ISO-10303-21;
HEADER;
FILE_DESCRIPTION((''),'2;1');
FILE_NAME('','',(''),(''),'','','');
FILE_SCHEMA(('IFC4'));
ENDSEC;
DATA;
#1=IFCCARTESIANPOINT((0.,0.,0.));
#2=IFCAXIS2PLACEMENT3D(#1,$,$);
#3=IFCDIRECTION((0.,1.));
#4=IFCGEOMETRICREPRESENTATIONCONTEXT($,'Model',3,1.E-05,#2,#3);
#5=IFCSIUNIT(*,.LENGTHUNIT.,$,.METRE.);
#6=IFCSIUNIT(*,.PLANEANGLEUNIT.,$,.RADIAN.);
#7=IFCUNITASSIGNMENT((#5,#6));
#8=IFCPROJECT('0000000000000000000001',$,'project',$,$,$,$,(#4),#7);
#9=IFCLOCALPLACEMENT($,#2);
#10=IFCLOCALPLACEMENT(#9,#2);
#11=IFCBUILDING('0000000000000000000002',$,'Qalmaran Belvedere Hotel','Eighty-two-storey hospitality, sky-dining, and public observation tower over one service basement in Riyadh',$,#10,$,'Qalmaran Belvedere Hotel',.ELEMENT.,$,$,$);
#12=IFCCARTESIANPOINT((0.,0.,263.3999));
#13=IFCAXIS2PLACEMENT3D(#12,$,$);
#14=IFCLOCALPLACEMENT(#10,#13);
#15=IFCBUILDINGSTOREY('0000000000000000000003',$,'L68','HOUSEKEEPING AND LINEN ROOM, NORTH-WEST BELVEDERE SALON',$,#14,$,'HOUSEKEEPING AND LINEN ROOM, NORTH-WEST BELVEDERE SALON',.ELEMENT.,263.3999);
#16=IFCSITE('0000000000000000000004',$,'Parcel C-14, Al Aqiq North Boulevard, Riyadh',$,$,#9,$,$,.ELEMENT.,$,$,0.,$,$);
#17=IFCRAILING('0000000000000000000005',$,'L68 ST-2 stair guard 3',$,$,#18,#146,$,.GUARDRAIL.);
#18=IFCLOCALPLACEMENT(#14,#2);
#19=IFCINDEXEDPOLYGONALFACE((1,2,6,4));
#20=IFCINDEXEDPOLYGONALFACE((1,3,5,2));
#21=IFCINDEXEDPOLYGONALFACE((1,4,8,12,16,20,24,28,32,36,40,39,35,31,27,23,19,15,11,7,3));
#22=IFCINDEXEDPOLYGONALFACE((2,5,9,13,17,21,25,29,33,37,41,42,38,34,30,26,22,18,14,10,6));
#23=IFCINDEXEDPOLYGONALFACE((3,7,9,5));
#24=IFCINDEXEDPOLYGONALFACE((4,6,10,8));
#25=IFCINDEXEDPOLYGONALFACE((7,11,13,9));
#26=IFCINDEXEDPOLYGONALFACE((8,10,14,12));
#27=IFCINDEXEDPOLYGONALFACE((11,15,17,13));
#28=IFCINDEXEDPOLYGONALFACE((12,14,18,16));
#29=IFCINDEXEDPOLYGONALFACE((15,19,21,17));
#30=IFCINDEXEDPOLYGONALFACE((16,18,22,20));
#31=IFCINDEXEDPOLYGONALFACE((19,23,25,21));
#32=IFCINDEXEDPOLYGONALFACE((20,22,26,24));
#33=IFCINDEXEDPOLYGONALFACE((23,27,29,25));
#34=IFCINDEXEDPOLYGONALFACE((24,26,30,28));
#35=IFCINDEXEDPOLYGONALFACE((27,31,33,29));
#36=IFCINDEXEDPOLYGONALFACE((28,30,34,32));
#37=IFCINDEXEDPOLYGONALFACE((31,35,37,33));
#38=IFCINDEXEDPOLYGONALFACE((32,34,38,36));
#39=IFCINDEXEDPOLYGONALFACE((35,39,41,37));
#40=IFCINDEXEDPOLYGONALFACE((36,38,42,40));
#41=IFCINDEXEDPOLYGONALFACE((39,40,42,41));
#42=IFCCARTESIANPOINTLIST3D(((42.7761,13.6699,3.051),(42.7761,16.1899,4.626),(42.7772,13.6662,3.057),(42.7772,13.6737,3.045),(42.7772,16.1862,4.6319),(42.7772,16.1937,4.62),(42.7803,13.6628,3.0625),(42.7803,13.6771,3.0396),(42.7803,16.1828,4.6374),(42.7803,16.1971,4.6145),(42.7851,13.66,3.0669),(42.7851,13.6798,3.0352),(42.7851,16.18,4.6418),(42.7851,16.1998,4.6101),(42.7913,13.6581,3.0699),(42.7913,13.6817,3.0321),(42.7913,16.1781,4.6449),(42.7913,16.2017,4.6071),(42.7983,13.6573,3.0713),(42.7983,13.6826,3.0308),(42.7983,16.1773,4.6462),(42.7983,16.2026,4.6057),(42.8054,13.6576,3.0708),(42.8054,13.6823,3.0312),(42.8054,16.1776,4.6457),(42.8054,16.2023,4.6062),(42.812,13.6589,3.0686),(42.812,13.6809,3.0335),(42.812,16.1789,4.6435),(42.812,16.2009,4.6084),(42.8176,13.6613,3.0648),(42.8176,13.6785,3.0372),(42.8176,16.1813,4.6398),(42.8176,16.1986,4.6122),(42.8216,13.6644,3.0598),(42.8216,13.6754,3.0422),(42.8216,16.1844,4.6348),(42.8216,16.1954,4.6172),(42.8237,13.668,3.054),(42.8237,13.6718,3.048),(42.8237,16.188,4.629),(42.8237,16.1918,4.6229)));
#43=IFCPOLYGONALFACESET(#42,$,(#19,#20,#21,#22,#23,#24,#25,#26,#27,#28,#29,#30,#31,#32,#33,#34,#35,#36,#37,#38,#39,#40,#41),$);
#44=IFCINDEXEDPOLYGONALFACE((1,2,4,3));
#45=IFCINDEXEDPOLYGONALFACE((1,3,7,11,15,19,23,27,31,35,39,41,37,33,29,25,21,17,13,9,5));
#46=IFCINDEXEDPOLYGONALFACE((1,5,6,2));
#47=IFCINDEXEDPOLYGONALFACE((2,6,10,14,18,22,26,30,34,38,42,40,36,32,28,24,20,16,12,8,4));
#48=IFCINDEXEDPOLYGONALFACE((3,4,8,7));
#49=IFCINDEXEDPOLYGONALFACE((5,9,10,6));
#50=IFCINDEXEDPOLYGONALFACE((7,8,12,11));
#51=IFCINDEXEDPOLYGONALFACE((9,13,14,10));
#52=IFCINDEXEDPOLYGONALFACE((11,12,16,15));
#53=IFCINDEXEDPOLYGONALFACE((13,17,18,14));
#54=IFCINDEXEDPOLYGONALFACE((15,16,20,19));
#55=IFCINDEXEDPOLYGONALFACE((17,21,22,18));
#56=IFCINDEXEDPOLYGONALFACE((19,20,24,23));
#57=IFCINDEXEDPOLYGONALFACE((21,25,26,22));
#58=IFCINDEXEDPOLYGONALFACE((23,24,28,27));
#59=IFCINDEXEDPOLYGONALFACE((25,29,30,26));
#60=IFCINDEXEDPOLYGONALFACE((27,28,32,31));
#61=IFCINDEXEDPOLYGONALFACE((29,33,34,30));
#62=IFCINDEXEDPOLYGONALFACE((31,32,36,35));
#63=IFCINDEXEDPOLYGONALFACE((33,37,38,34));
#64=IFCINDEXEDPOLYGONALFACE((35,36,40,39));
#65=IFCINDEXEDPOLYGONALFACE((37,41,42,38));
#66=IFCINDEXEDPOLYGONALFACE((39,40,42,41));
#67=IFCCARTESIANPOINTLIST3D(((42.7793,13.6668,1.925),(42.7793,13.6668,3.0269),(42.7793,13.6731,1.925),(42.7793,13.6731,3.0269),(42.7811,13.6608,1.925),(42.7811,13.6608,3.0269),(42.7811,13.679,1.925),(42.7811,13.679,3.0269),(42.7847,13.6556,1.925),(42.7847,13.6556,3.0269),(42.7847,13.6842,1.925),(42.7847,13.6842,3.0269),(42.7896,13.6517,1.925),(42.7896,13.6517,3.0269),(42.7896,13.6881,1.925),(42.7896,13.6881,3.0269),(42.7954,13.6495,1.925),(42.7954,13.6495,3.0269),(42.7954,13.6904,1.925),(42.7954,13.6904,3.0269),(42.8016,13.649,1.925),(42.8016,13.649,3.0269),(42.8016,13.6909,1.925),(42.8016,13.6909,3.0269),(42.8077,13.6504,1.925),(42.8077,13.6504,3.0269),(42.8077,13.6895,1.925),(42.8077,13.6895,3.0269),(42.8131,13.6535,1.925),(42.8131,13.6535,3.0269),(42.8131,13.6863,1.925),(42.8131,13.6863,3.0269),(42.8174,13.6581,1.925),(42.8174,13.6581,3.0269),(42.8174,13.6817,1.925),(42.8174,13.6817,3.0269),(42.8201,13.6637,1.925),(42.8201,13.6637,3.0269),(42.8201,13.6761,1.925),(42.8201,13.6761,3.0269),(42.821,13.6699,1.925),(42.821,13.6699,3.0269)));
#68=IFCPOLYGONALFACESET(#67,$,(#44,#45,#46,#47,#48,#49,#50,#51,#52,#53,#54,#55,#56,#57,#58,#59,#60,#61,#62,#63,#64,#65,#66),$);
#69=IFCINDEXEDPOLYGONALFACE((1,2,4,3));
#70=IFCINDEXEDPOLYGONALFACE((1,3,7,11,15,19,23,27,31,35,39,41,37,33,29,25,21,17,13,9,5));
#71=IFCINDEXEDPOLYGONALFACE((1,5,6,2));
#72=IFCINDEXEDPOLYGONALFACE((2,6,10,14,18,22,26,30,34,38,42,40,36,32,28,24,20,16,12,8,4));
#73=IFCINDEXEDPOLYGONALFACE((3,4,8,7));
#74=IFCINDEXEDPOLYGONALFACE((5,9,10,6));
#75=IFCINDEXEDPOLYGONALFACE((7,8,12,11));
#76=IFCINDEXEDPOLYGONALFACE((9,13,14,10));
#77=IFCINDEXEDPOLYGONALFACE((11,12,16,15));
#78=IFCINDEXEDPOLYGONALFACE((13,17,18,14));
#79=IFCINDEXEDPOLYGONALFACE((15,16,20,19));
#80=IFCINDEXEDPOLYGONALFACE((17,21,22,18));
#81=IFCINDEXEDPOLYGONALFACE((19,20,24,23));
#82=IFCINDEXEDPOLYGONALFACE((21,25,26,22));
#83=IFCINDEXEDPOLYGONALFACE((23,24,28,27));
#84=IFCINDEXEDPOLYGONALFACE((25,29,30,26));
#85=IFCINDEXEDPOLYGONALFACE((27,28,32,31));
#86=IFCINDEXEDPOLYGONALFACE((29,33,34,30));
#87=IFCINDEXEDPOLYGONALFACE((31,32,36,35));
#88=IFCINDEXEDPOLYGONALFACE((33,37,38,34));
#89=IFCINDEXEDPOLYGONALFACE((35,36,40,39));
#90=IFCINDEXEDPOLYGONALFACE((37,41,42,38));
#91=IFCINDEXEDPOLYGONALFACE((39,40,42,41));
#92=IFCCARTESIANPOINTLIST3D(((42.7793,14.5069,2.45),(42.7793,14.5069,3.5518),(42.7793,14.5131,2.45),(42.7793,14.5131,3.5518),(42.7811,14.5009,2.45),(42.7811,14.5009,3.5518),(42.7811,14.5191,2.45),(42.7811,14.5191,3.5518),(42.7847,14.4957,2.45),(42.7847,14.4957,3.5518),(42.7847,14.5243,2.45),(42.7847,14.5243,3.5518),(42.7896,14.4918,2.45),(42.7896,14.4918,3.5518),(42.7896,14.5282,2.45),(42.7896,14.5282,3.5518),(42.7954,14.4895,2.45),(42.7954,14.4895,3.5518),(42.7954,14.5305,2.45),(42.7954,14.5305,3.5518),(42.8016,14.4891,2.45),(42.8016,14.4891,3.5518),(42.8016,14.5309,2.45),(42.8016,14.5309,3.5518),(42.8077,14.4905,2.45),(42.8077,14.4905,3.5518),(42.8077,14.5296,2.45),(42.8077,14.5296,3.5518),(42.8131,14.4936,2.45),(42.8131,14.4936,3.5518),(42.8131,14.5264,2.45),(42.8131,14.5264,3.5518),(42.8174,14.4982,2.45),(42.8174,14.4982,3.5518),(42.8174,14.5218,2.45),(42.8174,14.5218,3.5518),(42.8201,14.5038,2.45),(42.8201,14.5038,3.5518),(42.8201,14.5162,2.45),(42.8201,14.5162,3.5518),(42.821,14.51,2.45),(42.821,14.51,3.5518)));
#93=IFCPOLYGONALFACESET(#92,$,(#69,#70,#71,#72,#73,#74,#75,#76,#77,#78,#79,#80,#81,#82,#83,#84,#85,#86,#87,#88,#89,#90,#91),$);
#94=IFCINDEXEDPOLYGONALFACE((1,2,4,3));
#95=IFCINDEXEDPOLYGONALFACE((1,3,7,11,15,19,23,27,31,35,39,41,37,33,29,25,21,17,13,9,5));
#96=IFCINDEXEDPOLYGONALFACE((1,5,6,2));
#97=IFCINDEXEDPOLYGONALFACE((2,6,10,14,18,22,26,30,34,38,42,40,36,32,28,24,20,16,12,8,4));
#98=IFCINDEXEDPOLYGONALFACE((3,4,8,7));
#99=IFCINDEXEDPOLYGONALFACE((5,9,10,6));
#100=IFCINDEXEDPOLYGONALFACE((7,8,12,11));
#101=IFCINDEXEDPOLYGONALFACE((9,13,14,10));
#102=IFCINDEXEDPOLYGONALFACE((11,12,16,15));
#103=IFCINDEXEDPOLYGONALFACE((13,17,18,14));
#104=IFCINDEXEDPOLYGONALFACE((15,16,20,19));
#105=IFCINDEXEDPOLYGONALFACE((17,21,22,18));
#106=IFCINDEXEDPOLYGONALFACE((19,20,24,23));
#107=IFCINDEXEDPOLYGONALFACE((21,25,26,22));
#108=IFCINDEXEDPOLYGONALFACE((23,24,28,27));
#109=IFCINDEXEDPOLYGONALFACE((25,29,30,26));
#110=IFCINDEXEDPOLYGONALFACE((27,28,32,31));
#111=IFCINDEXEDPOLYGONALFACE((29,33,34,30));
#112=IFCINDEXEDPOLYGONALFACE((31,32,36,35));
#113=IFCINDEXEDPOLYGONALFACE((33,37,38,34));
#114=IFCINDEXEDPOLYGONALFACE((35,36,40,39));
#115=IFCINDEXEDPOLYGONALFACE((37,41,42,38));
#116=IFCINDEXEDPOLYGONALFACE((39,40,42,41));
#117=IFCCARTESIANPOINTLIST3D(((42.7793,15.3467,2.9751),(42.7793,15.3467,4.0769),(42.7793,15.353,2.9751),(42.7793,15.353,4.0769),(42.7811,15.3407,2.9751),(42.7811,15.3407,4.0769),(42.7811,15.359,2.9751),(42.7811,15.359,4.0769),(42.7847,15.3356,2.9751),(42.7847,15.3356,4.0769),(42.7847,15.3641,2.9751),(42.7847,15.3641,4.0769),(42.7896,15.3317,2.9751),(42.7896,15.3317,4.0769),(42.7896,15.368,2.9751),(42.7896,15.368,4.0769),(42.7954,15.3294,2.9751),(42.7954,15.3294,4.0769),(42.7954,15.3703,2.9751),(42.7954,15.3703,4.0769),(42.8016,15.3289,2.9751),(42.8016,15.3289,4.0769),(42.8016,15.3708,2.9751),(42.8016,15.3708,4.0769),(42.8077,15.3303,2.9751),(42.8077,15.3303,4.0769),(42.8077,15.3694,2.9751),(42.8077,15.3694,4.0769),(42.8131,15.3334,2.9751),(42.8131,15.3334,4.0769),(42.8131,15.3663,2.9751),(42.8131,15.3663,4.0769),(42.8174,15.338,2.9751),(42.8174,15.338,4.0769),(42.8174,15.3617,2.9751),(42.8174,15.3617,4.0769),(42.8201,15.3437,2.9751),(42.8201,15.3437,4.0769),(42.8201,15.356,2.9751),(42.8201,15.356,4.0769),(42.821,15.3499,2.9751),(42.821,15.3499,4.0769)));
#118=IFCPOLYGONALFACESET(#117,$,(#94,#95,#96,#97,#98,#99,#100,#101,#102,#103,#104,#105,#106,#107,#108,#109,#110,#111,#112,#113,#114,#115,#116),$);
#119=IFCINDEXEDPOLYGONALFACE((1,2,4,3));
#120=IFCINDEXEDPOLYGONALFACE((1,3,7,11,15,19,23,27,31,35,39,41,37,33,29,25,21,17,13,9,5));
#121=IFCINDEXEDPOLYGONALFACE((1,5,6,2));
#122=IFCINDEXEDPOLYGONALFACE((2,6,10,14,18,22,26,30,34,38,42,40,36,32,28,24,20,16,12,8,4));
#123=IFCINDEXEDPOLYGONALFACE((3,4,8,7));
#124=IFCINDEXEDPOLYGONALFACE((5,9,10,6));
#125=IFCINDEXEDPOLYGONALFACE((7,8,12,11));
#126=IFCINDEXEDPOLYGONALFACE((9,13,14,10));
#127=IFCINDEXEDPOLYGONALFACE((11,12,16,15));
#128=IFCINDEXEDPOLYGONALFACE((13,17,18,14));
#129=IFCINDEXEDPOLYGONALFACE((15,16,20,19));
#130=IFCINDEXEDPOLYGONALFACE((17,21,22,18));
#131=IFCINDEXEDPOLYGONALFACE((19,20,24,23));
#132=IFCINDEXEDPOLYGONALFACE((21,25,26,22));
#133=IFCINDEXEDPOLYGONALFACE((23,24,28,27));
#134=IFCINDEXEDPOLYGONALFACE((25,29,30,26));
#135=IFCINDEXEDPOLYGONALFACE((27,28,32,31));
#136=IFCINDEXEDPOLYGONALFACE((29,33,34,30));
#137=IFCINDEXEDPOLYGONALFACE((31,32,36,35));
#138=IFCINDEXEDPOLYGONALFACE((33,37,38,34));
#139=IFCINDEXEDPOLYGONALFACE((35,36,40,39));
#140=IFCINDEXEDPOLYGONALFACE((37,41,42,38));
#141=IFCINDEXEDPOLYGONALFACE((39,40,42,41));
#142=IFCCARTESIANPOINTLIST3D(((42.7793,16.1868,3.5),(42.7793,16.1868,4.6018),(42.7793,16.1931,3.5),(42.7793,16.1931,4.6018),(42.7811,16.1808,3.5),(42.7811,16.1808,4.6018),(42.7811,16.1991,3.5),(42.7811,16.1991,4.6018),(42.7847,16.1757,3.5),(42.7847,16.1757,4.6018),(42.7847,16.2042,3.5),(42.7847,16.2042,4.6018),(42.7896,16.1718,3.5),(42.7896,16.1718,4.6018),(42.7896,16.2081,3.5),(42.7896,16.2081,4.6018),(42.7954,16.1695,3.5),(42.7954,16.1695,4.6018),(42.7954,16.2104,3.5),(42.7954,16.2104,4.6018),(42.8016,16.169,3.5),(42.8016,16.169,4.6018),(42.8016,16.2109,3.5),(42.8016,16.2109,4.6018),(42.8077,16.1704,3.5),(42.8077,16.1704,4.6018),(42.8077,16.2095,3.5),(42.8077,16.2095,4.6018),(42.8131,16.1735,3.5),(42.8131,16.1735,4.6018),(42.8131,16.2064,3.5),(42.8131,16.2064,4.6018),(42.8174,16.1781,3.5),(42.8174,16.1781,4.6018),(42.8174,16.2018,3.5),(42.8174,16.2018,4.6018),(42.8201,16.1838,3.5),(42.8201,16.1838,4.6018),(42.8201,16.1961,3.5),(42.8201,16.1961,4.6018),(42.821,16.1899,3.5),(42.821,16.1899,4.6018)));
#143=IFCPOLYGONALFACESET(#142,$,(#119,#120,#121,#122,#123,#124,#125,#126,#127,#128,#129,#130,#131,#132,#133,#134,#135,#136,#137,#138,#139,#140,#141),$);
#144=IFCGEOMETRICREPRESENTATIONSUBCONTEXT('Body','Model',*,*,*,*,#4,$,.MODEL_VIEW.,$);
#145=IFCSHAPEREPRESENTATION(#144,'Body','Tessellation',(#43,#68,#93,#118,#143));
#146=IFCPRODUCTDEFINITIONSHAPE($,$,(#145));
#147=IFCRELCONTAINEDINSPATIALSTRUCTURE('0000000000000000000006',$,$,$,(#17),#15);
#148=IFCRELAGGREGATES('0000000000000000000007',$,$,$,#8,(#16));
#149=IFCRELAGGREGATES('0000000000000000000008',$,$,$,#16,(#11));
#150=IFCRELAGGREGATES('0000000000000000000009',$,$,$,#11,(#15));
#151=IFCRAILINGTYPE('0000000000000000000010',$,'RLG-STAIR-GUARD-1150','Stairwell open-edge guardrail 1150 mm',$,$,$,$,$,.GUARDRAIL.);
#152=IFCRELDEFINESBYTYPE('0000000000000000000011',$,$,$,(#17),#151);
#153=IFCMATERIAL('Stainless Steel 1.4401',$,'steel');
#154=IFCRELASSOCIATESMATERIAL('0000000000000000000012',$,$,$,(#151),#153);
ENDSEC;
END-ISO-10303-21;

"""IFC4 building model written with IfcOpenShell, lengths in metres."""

from ifc_helpers import new_model, si_unit, direction, frame, origin, origin_2d, place, context, subcontext, project, spatial, circle, extrude, material, type_object, element, save


model = new_model("IFC4")

# Units and contexts
model_context = context("Model", 3, precision=1e-05, world=origin(), true_north=direction((0.0, 1.0)))
body_context = subcontext(model_context, "Body", "Model", "MODEL_VIEW")
ifc_project = project(units=[si_unit("LENGTHUNIT", "METRE"), si_unit("PLANEANGLEUNIT", "RADIAN")], contexts=[model_context])

# Site, building, storey
site_placement = place(None, origin())
site = spatial("IfcSite", under=ifc_project, at=site_placement, Name="Parcel C-14, Al Aqiq North Boulevard, Riyadh", CompositionType="ELEMENT", RefElevation=0.0)
building_placement = place(site_placement, origin())
building = spatial("IfcBuilding", under=site, at=building_placement, Name="Qalmaran Belvedere Hotel", Description="Eighty-two-storey hospitality, sky-dining, and public observation tower over one service basement in Riyadh", LongName="Qalmaran Belvedere Hotel", CompositionType="ELEMENT")
storey_placement = place(building_placement, frame((0.0, 0.0, 263.3999)))
storey = spatial("IfcBuildingStorey", under=building, at=storey_placement, Name="L68", Description="HOUSEKEEPING AND LINEN ROOM, NORTH-WEST BELVEDERE SALON", LongName="HOUSEKEEPING AND LINEN ROOM, NORTH-WEST BELVEDERE SALON", CompositionType="ELEMENT", Elevation=263.3999)

# Railing
ifc_material_1 = material(Name="Stainless Steel 1.4401", Category="steel")
railing_type_1 = type_object("IfcRailingType", Name="RLG-STAIR-GUARD-1150", Description="Stairwell open-edge guardrail 1150 mm", PredefinedType="GUARDRAIL", material=ifc_material_1)
railing_1_placement = place(storey_placement, frame((42.8, 13.6699, 1.925)))
element("IfcRailing", 1, at=railing_1_placement, inside=storey, type_object=railing_type_1, Name="L68 ST-2 stair guard 3", PredefinedType="GUARDRAIL", context=body_context, shape_type="SweptSolid", body=[
    extrude(circle(Radius=0.0239, at=origin_2d()), frame((0.0, 0.0, 1.126), z_axis=(0.0, 0.848008, 0.529984), x_axis=(-1.0, 0.0, 0.0)), (0.0, 0.0, 1.0), 2.9717),
    extrude(circle(Radius=0.021, at=origin_2d()), origin(), (0.0, 0.0, 1.0), 1.1018),
    extrude(circle(Radius=0.021, at=origin_2d()), frame((0.0, 0.8401, 0.5249)), (0.0, 0.0, 1.0), 1.1018),
    extrude(circle(Radius=0.021, at=origin_2d()), frame((0.0, 1.6799, 1.05)), (0.0, 0.0, 1.0), 1.1018),
    extrude(circle(Radius=0.021, at=origin_2d()), frame((0.0, 2.52, 1.575)), (0.0, 0.0, 1.0), 1.1018),
])

save(model, "model.ifc")
